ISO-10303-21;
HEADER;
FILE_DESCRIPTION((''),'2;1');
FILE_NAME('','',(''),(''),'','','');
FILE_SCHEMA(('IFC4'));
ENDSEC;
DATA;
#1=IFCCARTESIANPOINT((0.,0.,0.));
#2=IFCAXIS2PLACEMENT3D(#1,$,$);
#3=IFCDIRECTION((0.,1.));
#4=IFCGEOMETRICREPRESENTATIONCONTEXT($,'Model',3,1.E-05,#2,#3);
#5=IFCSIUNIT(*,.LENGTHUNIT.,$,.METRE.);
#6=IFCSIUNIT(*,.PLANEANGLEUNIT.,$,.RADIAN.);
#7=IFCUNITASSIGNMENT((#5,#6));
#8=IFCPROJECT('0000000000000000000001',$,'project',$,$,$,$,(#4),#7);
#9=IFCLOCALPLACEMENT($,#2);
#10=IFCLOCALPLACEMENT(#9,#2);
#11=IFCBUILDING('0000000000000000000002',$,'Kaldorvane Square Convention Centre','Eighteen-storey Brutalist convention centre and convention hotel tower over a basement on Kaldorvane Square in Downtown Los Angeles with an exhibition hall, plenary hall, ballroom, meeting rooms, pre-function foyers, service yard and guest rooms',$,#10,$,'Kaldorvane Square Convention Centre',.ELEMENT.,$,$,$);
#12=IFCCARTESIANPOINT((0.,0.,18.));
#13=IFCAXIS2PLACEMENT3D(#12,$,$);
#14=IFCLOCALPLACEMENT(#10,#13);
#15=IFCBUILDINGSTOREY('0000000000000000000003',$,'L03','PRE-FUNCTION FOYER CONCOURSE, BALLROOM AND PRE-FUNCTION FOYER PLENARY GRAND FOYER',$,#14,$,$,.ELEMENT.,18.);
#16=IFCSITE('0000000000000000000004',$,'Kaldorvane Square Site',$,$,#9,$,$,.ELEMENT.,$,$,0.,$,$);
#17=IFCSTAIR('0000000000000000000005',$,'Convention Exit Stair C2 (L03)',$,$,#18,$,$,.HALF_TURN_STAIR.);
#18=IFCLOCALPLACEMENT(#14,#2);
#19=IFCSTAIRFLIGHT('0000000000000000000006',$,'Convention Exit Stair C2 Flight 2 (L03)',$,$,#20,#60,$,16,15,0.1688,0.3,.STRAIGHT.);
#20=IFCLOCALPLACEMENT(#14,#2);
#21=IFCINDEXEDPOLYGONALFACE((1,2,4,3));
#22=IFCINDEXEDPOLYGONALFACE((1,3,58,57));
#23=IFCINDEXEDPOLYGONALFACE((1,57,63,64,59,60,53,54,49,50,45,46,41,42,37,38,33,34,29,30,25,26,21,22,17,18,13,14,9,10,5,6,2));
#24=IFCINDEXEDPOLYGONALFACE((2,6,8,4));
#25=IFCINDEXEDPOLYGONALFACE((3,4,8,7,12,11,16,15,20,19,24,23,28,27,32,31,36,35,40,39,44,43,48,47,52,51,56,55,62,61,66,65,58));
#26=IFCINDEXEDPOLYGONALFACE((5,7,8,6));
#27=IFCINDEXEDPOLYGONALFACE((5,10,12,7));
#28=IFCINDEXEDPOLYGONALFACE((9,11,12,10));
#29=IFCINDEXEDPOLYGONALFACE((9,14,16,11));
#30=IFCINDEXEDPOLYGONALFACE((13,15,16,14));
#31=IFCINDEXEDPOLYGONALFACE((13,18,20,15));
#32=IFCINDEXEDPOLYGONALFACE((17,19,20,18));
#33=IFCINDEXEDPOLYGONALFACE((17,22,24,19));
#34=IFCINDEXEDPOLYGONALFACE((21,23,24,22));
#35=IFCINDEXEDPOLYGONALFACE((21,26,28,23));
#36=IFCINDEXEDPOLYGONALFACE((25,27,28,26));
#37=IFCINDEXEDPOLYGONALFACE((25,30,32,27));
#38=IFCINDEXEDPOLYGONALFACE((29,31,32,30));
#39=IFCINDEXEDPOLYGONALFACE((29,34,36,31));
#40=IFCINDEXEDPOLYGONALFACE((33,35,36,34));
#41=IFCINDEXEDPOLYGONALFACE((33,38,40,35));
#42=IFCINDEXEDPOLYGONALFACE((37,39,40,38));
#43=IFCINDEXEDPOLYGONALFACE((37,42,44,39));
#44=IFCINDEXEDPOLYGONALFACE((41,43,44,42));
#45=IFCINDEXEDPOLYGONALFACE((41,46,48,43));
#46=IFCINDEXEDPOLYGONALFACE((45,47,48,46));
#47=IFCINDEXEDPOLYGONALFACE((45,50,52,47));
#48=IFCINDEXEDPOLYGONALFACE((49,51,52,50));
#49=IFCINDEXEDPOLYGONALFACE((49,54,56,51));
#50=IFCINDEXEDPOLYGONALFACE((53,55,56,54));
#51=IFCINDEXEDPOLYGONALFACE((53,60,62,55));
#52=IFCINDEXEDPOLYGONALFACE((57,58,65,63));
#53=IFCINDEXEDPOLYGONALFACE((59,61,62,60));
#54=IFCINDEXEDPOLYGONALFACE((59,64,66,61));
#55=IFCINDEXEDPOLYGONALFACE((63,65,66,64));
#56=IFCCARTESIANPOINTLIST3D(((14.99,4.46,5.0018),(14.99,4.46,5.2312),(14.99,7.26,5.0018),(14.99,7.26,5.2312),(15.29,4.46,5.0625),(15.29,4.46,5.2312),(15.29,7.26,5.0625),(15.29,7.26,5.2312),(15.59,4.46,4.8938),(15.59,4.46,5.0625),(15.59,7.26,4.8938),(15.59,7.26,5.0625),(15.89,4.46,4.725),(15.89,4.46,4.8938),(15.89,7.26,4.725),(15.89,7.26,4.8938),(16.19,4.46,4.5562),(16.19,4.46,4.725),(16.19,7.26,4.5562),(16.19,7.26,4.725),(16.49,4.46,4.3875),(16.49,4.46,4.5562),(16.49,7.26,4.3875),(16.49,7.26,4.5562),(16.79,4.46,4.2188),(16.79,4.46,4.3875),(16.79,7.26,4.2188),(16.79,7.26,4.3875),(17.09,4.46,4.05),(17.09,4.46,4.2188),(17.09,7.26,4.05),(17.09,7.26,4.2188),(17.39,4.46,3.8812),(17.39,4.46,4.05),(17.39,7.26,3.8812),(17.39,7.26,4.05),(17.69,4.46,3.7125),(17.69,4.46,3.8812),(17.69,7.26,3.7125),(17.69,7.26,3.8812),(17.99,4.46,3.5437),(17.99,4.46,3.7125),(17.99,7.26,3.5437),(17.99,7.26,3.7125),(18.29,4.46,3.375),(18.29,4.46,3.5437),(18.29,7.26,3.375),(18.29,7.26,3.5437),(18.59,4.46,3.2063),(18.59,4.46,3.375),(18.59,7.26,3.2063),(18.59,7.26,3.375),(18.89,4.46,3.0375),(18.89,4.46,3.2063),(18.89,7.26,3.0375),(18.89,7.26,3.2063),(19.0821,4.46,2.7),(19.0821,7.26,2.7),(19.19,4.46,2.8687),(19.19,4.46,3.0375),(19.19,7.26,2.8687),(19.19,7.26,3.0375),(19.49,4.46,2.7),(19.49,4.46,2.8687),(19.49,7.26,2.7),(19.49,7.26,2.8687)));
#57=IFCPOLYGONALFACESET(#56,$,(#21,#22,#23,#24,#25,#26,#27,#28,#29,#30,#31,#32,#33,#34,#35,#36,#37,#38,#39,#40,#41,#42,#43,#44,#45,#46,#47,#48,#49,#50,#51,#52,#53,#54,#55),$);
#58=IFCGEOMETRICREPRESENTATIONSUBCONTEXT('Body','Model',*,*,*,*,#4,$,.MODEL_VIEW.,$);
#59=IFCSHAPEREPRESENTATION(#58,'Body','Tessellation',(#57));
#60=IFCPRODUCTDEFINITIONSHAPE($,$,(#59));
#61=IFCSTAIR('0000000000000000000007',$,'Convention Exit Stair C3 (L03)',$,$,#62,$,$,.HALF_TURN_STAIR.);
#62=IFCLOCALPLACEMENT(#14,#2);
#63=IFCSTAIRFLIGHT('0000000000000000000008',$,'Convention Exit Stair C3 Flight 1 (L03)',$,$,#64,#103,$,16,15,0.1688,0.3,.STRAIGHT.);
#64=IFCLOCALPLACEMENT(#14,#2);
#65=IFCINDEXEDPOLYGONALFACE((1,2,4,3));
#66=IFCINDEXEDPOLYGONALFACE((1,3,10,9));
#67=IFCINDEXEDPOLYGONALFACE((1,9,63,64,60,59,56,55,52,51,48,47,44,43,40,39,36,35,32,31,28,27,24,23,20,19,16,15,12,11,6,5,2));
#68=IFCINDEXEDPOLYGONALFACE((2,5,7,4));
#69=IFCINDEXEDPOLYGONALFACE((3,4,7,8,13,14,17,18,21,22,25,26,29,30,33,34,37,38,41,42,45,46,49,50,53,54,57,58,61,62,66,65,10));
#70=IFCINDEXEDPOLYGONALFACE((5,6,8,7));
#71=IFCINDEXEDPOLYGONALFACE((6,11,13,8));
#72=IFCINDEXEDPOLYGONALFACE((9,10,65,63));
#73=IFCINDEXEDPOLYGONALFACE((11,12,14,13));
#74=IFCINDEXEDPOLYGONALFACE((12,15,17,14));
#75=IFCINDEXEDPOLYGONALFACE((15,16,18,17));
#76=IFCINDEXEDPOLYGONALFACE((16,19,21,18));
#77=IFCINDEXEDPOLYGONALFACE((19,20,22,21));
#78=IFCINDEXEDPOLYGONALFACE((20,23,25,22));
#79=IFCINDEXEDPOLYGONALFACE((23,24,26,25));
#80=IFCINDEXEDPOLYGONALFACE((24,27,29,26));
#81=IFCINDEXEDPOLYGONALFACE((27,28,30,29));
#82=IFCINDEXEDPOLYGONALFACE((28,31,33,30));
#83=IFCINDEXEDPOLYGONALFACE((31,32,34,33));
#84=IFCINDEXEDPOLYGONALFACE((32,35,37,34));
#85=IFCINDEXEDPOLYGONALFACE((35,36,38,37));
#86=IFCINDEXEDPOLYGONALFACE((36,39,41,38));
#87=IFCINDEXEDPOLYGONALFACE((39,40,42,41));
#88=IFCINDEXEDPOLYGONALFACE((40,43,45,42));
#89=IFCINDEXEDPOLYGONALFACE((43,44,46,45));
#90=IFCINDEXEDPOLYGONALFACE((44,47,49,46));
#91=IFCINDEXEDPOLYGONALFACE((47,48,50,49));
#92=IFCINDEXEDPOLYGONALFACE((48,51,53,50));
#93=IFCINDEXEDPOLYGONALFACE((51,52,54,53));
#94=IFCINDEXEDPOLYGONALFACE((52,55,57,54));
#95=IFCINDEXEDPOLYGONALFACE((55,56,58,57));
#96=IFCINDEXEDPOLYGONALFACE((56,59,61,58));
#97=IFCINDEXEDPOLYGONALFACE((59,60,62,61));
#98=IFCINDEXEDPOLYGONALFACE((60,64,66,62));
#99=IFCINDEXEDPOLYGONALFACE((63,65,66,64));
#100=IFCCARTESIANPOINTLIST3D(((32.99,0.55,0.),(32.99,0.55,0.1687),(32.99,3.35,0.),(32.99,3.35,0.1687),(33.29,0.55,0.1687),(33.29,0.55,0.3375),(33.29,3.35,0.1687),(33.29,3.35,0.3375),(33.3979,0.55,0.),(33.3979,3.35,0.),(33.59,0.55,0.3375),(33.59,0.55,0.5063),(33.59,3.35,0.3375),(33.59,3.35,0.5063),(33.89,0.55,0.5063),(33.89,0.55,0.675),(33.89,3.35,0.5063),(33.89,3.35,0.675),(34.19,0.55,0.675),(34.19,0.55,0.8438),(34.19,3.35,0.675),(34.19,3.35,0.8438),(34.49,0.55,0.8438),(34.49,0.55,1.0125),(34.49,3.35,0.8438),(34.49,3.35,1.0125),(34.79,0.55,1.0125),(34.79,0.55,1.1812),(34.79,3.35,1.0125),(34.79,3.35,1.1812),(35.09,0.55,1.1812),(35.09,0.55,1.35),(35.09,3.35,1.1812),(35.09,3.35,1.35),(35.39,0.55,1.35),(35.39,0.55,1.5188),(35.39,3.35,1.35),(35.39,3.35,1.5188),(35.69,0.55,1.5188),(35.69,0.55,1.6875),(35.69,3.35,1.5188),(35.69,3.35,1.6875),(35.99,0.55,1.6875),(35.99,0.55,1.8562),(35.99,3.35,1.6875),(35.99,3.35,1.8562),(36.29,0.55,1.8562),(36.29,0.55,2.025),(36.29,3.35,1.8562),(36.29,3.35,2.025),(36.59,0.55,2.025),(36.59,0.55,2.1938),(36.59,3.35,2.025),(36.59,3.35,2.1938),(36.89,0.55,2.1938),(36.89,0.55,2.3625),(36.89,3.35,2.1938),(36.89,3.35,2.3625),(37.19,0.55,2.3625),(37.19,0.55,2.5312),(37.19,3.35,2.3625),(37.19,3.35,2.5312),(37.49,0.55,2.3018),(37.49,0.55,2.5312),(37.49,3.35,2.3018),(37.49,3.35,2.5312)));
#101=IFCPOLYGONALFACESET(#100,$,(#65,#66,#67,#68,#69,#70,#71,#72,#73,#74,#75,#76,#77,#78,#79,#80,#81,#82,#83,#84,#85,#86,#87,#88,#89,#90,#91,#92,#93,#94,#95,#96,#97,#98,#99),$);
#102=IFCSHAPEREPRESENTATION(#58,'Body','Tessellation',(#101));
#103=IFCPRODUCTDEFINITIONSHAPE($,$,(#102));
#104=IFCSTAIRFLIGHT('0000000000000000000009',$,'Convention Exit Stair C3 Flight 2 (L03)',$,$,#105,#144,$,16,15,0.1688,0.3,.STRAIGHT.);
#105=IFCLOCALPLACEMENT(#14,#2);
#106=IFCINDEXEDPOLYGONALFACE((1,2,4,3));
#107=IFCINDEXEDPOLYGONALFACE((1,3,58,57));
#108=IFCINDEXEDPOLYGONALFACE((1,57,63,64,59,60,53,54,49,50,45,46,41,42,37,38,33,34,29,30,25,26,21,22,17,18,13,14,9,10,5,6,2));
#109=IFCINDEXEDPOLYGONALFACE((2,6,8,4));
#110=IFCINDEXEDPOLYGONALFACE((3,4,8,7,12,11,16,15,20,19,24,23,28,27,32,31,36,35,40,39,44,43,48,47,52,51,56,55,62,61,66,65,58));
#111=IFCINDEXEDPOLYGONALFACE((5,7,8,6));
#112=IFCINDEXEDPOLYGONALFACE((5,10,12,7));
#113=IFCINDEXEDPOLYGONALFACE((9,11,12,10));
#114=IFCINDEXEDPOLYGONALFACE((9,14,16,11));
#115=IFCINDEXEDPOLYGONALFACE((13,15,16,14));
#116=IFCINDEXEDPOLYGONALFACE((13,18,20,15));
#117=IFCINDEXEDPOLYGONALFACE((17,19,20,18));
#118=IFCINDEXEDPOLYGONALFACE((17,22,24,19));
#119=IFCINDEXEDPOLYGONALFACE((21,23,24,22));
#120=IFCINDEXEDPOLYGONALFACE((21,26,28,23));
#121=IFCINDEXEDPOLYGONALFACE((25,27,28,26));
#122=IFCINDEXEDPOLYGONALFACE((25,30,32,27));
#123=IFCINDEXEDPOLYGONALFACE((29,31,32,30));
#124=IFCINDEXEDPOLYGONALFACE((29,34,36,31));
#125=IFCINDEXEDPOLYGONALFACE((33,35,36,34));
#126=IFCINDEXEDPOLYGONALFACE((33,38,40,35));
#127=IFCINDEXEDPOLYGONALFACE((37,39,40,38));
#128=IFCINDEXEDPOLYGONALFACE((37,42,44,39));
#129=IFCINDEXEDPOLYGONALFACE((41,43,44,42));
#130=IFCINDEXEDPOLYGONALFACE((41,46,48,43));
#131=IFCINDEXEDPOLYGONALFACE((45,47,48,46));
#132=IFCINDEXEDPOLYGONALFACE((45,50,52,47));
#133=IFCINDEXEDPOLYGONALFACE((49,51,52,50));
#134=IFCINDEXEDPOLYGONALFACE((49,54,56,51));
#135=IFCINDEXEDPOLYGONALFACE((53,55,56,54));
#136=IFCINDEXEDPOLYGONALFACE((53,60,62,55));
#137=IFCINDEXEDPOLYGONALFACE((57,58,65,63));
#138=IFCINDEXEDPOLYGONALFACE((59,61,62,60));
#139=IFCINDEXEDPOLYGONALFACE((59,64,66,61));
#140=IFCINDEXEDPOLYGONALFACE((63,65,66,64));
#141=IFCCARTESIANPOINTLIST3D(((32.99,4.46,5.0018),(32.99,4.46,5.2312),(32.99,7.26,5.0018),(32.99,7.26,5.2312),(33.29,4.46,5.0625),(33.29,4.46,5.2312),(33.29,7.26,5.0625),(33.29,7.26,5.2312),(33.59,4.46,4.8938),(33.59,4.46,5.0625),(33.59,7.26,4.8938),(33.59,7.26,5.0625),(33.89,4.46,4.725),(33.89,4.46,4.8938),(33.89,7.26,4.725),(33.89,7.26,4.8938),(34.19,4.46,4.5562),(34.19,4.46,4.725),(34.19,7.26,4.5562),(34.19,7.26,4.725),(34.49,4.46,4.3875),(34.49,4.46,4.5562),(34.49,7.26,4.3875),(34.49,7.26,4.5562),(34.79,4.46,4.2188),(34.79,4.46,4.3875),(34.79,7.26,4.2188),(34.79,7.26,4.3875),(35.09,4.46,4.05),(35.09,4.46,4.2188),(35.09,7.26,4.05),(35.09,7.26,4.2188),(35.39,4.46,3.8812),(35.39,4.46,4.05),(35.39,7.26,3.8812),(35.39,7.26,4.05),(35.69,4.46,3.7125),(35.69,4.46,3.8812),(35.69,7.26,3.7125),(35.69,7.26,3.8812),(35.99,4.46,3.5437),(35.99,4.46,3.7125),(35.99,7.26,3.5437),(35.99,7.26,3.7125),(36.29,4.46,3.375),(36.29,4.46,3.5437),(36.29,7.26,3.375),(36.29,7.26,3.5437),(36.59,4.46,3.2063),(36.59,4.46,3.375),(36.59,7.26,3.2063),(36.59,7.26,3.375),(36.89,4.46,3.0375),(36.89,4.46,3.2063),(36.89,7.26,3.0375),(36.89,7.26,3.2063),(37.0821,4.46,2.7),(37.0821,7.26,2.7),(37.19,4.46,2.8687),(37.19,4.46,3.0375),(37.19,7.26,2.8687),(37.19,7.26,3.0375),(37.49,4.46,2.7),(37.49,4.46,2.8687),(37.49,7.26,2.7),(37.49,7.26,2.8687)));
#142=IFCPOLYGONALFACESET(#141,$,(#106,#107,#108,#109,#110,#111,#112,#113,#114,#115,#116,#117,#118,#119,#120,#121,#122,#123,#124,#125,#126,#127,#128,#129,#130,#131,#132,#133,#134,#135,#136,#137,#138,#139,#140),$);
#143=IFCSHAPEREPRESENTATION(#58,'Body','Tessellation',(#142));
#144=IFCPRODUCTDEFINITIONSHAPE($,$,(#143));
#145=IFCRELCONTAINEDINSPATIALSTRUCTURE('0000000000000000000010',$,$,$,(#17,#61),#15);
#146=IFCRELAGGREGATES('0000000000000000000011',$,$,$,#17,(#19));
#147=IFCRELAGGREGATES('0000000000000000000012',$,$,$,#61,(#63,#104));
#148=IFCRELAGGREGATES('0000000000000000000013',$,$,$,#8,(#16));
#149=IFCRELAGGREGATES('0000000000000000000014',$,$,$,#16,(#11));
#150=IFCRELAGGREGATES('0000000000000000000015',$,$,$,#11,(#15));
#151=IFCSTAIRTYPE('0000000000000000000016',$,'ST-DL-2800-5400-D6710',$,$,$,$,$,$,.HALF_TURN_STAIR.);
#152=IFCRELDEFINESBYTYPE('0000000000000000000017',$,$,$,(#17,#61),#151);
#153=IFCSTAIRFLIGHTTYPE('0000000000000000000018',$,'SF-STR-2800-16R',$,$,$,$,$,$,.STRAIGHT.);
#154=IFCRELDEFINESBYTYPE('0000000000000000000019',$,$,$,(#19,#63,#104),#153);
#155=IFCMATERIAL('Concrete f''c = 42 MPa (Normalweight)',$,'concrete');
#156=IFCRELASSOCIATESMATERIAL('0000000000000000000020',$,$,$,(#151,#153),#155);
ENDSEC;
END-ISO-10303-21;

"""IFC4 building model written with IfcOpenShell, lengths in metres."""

from ifc_helpers import new_model, si_unit, direction, frame, origin, place, context, subcontext, project, spatial, polyline, outline, extrude, material, type_object, element, aggregate, save


model = new_model("IFC4")

# Units and contexts
model_context = context("Model", 3, precision=1e-05, world=origin(), true_north=direction((0.0, 1.0)))
body_context = subcontext(model_context, "Body", "Model", "MODEL_VIEW")
ifc_project = project(units=[si_unit("LENGTHUNIT", "METRE"), si_unit("PLANEANGLEUNIT", "RADIAN")], contexts=[model_context])

# Site, building, storey
site_placement = place(None, origin())
site = spatial("IfcSite", under=ifc_project, at=site_placement, Name="Kaldorvane Square Site", CompositionType="ELEMENT", RefElevation=0.0)
building_placement = place(site_placement, origin())
building = spatial("IfcBuilding", under=site, at=building_placement, Name="Kaldorvane Square Convention Centre", Description="Eighteen-storey Brutalist convention centre and convention hotel tower over a basement on Kaldorvane Square in Downtown Los Angeles with an exhibition hall, plenary hall, ballroom, meeting rooms, pre-function foyers, service yard and guest rooms", LongName="Kaldorvane Square Convention Centre", CompositionType="ELEMENT")
storey_placement = place(building_placement, frame((0.0, 0.0, 18.0)))
storey = spatial("IfcBuildingStorey", under=building, at=storey_placement, Name="L03", Description="PRE-FUNCTION FOYER CONCOURSE, BALLROOM AND PRE-FUNCTION FOYER PLENARY GRAND FOYER", CompositionType="ELEMENT", Elevation=18.0)

# Shared definitions
ifc_material_1 = material(Name="Concrete f'c = 42 MPa (Normalweight)", Category="concrete")

# Stair, stair flight
stair_type = type_object("IfcStairType", Name="ST-DL-2800-5400-D6710", PredefinedType="HALF_TURN_STAIR", material=ifc_material_1)
stair_1_placement = place(storey_placement, origin())
stair_1 = element("IfcStair", 1, at=stair_1_placement, inside=storey, type_object=stair_type, Name="Convention Exit Stair C2 (L03)", PredefinedType="HALF_TURN_STAIR")
stair_flight_type = type_object("IfcStairFlightType", Name="SF-STR-2800-16R", PredefinedType="STRAIGHT", material=ifc_material_1)
stair_flight_1_placement = place(storey_placement, frame((19.49, 5.86, 2.7), z_axis=(0.0, 0.0, 1.0), x_axis=(-1.0, 0.0, 0.0)))
stair_flight_1 = element("IfcStairFlight", 2, at=stair_flight_1_placement, type_object=stair_flight_type, Name="Convention Exit Stair C2 Flight 2 (L03)", NumberOfRisers=16, NumberOfTreads=15, PredefinedType="STRAIGHT", RiserHeight=0.1688, TreadLength=0.3, context=body_context, shape_type="SweptSolid", body=[
    extrude(outline(polyline([(0.0, 0.0), (0.0, 0.1687), (0.3, 0.1687), (0.3, 0.3375), (0.6, 0.3375), (0.6, 0.5063), (0.9, 0.5063), (0.9, 0.675), (1.2, 0.675), (1.2, 0.8438), (1.5, 0.8438), (1.5, 1.0125), (1.8, 1.0125), (1.8, 1.1812), (2.1, 1.1812), (2.1, 1.35), (2.4, 1.35), (2.4, 1.5188), (2.7, 1.5188), (2.7, 1.6875), (3.0, 1.6875), (3.0, 1.8562), (3.3, 1.8562), (3.3, 2.025), (3.6, 2.025), (3.6, 2.1938), (3.9, 2.1938), (3.9, 2.3625), (4.2, 2.3625), (4.2, 2.5312), (4.5, 2.5312), (4.5, 2.7), (4.5, 2.3018), (0.4079, 0.0), (0.0, 0.0)])), frame((0.0, 1.4, 0.0), z_axis=(0.0, -1.0, 0.0), x_axis=(1.0, 0.0, 0.0)), (0.0, 0.0, 1.0), 2.8),
])
aggregate(stair_1, [stair_flight_1])

# Stair, stair flights
stair_2_placement = place(storey_placement, origin())
stair_2 = element("IfcStair", 3, at=stair_2_placement, inside=storey, type_object=stair_type, Name="Convention Exit Stair C3 (L03)", PredefinedType="HALF_TURN_STAIR")
stair_flight_2_placement = place(storey_placement, frame((32.99, 1.95, 0.0), z_axis=(0.0, 0.0, 1.0), x_axis=(1.0, 0.0, 0.0)))
stair_flight_2 = element("IfcStairFlight", 4, at=stair_flight_2_placement, type_object=stair_flight_type, Name="Convention Exit Stair C3 Flight 1 (L03)", NumberOfRisers=16, NumberOfTreads=15, PredefinedType="STRAIGHT", RiserHeight=0.1688, TreadLength=0.3, context=body_context, shape_type="SweptSolid", body=[
    extrude(outline(polyline([(0.0, 0.0), (0.0, 0.1687), (0.3, 0.1687), (0.3, 0.3375), (0.6, 0.3375), (0.6, 0.5063), (0.9, 0.5063), (0.9, 0.675), (1.2, 0.675), (1.2, 0.8438), (1.5, 0.8438), (1.5, 1.0125), (1.8, 1.0125), (1.8, 1.1812), (2.1, 1.1812), (2.1, 1.35), (2.4, 1.35), (2.4, 1.5188), (2.7, 1.5188), (2.7, 1.6875), (3.0, 1.6875), (3.0, 1.8562), (3.3, 1.8562), (3.3, 2.025), (3.6, 2.025), (3.6, 2.1938), (3.9, 2.1938), (3.9, 2.3625), (4.2, 2.3625), (4.2, 2.5312), (4.5, 2.5312), (4.5, 2.7), (4.5, 2.3018), (0.4079, 0.0), (0.0, 0.0)])), frame((0.0, 1.4, 0.0), z_axis=(0.0, -1.0, 0.0), x_axis=(1.0, 0.0, 0.0)), (0.0, 0.0, 1.0), 2.8),
])
stair_flight_3_placement = place(storey_placement, frame((37.49, 5.86, 2.7), z_axis=(0.0, 0.0, 1.0), x_axis=(-1.0, 0.0, 0.0)))
stair_flight_3 = element("IfcStairFlight", 5, at=stair_flight_3_placement, type_object=stair_flight_type, Name="Convention Exit Stair C3 Flight 2 (L03)", NumberOfRisers=16, NumberOfTreads=15, PredefinedType="STRAIGHT", RiserHeight=0.1688, TreadLength=0.3, context=body_context, shape_type="SweptSolid", body=[
    extrude(outline(polyline([(0.0, 0.0), (0.0, 0.1687), (0.3, 0.1687), (0.3, 0.3375), (0.6, 0.3375), (0.6, 0.5063), (0.9, 0.5063), (0.9, 0.675), (1.2, 0.675), (1.2, 0.8438), (1.5, 0.8438), (1.5, 1.0125), (1.8, 1.0125), (1.8, 1.1812), (2.1, 1.1812), (2.1, 1.35), (2.4, 1.35), (2.4, 1.5188), (2.7, 1.5188), (2.7, 1.6875), (3.0, 1.6875), (3.0, 1.8562), (3.3, 1.8562), (3.3, 2.025), (3.6, 2.025), (3.6, 2.1938), (3.9, 2.1938), (3.9, 2.3625), (4.2, 2.3625), (4.2, 2.5312), (4.5, 2.5312), (4.5, 2.7), (4.5, 2.3018), (0.4079, 0.0), (0.0, 0.0)])), frame((0.0, 1.4, 0.0), z_axis=(0.0, -1.0, 0.0), x_axis=(1.0, 0.0, 0.0)), (0.0, 0.0, 1.0), 2.8),
])
aggregate(stair_2, [stair_flight_2, stair_flight_3])

save(model, "model.ifc")
